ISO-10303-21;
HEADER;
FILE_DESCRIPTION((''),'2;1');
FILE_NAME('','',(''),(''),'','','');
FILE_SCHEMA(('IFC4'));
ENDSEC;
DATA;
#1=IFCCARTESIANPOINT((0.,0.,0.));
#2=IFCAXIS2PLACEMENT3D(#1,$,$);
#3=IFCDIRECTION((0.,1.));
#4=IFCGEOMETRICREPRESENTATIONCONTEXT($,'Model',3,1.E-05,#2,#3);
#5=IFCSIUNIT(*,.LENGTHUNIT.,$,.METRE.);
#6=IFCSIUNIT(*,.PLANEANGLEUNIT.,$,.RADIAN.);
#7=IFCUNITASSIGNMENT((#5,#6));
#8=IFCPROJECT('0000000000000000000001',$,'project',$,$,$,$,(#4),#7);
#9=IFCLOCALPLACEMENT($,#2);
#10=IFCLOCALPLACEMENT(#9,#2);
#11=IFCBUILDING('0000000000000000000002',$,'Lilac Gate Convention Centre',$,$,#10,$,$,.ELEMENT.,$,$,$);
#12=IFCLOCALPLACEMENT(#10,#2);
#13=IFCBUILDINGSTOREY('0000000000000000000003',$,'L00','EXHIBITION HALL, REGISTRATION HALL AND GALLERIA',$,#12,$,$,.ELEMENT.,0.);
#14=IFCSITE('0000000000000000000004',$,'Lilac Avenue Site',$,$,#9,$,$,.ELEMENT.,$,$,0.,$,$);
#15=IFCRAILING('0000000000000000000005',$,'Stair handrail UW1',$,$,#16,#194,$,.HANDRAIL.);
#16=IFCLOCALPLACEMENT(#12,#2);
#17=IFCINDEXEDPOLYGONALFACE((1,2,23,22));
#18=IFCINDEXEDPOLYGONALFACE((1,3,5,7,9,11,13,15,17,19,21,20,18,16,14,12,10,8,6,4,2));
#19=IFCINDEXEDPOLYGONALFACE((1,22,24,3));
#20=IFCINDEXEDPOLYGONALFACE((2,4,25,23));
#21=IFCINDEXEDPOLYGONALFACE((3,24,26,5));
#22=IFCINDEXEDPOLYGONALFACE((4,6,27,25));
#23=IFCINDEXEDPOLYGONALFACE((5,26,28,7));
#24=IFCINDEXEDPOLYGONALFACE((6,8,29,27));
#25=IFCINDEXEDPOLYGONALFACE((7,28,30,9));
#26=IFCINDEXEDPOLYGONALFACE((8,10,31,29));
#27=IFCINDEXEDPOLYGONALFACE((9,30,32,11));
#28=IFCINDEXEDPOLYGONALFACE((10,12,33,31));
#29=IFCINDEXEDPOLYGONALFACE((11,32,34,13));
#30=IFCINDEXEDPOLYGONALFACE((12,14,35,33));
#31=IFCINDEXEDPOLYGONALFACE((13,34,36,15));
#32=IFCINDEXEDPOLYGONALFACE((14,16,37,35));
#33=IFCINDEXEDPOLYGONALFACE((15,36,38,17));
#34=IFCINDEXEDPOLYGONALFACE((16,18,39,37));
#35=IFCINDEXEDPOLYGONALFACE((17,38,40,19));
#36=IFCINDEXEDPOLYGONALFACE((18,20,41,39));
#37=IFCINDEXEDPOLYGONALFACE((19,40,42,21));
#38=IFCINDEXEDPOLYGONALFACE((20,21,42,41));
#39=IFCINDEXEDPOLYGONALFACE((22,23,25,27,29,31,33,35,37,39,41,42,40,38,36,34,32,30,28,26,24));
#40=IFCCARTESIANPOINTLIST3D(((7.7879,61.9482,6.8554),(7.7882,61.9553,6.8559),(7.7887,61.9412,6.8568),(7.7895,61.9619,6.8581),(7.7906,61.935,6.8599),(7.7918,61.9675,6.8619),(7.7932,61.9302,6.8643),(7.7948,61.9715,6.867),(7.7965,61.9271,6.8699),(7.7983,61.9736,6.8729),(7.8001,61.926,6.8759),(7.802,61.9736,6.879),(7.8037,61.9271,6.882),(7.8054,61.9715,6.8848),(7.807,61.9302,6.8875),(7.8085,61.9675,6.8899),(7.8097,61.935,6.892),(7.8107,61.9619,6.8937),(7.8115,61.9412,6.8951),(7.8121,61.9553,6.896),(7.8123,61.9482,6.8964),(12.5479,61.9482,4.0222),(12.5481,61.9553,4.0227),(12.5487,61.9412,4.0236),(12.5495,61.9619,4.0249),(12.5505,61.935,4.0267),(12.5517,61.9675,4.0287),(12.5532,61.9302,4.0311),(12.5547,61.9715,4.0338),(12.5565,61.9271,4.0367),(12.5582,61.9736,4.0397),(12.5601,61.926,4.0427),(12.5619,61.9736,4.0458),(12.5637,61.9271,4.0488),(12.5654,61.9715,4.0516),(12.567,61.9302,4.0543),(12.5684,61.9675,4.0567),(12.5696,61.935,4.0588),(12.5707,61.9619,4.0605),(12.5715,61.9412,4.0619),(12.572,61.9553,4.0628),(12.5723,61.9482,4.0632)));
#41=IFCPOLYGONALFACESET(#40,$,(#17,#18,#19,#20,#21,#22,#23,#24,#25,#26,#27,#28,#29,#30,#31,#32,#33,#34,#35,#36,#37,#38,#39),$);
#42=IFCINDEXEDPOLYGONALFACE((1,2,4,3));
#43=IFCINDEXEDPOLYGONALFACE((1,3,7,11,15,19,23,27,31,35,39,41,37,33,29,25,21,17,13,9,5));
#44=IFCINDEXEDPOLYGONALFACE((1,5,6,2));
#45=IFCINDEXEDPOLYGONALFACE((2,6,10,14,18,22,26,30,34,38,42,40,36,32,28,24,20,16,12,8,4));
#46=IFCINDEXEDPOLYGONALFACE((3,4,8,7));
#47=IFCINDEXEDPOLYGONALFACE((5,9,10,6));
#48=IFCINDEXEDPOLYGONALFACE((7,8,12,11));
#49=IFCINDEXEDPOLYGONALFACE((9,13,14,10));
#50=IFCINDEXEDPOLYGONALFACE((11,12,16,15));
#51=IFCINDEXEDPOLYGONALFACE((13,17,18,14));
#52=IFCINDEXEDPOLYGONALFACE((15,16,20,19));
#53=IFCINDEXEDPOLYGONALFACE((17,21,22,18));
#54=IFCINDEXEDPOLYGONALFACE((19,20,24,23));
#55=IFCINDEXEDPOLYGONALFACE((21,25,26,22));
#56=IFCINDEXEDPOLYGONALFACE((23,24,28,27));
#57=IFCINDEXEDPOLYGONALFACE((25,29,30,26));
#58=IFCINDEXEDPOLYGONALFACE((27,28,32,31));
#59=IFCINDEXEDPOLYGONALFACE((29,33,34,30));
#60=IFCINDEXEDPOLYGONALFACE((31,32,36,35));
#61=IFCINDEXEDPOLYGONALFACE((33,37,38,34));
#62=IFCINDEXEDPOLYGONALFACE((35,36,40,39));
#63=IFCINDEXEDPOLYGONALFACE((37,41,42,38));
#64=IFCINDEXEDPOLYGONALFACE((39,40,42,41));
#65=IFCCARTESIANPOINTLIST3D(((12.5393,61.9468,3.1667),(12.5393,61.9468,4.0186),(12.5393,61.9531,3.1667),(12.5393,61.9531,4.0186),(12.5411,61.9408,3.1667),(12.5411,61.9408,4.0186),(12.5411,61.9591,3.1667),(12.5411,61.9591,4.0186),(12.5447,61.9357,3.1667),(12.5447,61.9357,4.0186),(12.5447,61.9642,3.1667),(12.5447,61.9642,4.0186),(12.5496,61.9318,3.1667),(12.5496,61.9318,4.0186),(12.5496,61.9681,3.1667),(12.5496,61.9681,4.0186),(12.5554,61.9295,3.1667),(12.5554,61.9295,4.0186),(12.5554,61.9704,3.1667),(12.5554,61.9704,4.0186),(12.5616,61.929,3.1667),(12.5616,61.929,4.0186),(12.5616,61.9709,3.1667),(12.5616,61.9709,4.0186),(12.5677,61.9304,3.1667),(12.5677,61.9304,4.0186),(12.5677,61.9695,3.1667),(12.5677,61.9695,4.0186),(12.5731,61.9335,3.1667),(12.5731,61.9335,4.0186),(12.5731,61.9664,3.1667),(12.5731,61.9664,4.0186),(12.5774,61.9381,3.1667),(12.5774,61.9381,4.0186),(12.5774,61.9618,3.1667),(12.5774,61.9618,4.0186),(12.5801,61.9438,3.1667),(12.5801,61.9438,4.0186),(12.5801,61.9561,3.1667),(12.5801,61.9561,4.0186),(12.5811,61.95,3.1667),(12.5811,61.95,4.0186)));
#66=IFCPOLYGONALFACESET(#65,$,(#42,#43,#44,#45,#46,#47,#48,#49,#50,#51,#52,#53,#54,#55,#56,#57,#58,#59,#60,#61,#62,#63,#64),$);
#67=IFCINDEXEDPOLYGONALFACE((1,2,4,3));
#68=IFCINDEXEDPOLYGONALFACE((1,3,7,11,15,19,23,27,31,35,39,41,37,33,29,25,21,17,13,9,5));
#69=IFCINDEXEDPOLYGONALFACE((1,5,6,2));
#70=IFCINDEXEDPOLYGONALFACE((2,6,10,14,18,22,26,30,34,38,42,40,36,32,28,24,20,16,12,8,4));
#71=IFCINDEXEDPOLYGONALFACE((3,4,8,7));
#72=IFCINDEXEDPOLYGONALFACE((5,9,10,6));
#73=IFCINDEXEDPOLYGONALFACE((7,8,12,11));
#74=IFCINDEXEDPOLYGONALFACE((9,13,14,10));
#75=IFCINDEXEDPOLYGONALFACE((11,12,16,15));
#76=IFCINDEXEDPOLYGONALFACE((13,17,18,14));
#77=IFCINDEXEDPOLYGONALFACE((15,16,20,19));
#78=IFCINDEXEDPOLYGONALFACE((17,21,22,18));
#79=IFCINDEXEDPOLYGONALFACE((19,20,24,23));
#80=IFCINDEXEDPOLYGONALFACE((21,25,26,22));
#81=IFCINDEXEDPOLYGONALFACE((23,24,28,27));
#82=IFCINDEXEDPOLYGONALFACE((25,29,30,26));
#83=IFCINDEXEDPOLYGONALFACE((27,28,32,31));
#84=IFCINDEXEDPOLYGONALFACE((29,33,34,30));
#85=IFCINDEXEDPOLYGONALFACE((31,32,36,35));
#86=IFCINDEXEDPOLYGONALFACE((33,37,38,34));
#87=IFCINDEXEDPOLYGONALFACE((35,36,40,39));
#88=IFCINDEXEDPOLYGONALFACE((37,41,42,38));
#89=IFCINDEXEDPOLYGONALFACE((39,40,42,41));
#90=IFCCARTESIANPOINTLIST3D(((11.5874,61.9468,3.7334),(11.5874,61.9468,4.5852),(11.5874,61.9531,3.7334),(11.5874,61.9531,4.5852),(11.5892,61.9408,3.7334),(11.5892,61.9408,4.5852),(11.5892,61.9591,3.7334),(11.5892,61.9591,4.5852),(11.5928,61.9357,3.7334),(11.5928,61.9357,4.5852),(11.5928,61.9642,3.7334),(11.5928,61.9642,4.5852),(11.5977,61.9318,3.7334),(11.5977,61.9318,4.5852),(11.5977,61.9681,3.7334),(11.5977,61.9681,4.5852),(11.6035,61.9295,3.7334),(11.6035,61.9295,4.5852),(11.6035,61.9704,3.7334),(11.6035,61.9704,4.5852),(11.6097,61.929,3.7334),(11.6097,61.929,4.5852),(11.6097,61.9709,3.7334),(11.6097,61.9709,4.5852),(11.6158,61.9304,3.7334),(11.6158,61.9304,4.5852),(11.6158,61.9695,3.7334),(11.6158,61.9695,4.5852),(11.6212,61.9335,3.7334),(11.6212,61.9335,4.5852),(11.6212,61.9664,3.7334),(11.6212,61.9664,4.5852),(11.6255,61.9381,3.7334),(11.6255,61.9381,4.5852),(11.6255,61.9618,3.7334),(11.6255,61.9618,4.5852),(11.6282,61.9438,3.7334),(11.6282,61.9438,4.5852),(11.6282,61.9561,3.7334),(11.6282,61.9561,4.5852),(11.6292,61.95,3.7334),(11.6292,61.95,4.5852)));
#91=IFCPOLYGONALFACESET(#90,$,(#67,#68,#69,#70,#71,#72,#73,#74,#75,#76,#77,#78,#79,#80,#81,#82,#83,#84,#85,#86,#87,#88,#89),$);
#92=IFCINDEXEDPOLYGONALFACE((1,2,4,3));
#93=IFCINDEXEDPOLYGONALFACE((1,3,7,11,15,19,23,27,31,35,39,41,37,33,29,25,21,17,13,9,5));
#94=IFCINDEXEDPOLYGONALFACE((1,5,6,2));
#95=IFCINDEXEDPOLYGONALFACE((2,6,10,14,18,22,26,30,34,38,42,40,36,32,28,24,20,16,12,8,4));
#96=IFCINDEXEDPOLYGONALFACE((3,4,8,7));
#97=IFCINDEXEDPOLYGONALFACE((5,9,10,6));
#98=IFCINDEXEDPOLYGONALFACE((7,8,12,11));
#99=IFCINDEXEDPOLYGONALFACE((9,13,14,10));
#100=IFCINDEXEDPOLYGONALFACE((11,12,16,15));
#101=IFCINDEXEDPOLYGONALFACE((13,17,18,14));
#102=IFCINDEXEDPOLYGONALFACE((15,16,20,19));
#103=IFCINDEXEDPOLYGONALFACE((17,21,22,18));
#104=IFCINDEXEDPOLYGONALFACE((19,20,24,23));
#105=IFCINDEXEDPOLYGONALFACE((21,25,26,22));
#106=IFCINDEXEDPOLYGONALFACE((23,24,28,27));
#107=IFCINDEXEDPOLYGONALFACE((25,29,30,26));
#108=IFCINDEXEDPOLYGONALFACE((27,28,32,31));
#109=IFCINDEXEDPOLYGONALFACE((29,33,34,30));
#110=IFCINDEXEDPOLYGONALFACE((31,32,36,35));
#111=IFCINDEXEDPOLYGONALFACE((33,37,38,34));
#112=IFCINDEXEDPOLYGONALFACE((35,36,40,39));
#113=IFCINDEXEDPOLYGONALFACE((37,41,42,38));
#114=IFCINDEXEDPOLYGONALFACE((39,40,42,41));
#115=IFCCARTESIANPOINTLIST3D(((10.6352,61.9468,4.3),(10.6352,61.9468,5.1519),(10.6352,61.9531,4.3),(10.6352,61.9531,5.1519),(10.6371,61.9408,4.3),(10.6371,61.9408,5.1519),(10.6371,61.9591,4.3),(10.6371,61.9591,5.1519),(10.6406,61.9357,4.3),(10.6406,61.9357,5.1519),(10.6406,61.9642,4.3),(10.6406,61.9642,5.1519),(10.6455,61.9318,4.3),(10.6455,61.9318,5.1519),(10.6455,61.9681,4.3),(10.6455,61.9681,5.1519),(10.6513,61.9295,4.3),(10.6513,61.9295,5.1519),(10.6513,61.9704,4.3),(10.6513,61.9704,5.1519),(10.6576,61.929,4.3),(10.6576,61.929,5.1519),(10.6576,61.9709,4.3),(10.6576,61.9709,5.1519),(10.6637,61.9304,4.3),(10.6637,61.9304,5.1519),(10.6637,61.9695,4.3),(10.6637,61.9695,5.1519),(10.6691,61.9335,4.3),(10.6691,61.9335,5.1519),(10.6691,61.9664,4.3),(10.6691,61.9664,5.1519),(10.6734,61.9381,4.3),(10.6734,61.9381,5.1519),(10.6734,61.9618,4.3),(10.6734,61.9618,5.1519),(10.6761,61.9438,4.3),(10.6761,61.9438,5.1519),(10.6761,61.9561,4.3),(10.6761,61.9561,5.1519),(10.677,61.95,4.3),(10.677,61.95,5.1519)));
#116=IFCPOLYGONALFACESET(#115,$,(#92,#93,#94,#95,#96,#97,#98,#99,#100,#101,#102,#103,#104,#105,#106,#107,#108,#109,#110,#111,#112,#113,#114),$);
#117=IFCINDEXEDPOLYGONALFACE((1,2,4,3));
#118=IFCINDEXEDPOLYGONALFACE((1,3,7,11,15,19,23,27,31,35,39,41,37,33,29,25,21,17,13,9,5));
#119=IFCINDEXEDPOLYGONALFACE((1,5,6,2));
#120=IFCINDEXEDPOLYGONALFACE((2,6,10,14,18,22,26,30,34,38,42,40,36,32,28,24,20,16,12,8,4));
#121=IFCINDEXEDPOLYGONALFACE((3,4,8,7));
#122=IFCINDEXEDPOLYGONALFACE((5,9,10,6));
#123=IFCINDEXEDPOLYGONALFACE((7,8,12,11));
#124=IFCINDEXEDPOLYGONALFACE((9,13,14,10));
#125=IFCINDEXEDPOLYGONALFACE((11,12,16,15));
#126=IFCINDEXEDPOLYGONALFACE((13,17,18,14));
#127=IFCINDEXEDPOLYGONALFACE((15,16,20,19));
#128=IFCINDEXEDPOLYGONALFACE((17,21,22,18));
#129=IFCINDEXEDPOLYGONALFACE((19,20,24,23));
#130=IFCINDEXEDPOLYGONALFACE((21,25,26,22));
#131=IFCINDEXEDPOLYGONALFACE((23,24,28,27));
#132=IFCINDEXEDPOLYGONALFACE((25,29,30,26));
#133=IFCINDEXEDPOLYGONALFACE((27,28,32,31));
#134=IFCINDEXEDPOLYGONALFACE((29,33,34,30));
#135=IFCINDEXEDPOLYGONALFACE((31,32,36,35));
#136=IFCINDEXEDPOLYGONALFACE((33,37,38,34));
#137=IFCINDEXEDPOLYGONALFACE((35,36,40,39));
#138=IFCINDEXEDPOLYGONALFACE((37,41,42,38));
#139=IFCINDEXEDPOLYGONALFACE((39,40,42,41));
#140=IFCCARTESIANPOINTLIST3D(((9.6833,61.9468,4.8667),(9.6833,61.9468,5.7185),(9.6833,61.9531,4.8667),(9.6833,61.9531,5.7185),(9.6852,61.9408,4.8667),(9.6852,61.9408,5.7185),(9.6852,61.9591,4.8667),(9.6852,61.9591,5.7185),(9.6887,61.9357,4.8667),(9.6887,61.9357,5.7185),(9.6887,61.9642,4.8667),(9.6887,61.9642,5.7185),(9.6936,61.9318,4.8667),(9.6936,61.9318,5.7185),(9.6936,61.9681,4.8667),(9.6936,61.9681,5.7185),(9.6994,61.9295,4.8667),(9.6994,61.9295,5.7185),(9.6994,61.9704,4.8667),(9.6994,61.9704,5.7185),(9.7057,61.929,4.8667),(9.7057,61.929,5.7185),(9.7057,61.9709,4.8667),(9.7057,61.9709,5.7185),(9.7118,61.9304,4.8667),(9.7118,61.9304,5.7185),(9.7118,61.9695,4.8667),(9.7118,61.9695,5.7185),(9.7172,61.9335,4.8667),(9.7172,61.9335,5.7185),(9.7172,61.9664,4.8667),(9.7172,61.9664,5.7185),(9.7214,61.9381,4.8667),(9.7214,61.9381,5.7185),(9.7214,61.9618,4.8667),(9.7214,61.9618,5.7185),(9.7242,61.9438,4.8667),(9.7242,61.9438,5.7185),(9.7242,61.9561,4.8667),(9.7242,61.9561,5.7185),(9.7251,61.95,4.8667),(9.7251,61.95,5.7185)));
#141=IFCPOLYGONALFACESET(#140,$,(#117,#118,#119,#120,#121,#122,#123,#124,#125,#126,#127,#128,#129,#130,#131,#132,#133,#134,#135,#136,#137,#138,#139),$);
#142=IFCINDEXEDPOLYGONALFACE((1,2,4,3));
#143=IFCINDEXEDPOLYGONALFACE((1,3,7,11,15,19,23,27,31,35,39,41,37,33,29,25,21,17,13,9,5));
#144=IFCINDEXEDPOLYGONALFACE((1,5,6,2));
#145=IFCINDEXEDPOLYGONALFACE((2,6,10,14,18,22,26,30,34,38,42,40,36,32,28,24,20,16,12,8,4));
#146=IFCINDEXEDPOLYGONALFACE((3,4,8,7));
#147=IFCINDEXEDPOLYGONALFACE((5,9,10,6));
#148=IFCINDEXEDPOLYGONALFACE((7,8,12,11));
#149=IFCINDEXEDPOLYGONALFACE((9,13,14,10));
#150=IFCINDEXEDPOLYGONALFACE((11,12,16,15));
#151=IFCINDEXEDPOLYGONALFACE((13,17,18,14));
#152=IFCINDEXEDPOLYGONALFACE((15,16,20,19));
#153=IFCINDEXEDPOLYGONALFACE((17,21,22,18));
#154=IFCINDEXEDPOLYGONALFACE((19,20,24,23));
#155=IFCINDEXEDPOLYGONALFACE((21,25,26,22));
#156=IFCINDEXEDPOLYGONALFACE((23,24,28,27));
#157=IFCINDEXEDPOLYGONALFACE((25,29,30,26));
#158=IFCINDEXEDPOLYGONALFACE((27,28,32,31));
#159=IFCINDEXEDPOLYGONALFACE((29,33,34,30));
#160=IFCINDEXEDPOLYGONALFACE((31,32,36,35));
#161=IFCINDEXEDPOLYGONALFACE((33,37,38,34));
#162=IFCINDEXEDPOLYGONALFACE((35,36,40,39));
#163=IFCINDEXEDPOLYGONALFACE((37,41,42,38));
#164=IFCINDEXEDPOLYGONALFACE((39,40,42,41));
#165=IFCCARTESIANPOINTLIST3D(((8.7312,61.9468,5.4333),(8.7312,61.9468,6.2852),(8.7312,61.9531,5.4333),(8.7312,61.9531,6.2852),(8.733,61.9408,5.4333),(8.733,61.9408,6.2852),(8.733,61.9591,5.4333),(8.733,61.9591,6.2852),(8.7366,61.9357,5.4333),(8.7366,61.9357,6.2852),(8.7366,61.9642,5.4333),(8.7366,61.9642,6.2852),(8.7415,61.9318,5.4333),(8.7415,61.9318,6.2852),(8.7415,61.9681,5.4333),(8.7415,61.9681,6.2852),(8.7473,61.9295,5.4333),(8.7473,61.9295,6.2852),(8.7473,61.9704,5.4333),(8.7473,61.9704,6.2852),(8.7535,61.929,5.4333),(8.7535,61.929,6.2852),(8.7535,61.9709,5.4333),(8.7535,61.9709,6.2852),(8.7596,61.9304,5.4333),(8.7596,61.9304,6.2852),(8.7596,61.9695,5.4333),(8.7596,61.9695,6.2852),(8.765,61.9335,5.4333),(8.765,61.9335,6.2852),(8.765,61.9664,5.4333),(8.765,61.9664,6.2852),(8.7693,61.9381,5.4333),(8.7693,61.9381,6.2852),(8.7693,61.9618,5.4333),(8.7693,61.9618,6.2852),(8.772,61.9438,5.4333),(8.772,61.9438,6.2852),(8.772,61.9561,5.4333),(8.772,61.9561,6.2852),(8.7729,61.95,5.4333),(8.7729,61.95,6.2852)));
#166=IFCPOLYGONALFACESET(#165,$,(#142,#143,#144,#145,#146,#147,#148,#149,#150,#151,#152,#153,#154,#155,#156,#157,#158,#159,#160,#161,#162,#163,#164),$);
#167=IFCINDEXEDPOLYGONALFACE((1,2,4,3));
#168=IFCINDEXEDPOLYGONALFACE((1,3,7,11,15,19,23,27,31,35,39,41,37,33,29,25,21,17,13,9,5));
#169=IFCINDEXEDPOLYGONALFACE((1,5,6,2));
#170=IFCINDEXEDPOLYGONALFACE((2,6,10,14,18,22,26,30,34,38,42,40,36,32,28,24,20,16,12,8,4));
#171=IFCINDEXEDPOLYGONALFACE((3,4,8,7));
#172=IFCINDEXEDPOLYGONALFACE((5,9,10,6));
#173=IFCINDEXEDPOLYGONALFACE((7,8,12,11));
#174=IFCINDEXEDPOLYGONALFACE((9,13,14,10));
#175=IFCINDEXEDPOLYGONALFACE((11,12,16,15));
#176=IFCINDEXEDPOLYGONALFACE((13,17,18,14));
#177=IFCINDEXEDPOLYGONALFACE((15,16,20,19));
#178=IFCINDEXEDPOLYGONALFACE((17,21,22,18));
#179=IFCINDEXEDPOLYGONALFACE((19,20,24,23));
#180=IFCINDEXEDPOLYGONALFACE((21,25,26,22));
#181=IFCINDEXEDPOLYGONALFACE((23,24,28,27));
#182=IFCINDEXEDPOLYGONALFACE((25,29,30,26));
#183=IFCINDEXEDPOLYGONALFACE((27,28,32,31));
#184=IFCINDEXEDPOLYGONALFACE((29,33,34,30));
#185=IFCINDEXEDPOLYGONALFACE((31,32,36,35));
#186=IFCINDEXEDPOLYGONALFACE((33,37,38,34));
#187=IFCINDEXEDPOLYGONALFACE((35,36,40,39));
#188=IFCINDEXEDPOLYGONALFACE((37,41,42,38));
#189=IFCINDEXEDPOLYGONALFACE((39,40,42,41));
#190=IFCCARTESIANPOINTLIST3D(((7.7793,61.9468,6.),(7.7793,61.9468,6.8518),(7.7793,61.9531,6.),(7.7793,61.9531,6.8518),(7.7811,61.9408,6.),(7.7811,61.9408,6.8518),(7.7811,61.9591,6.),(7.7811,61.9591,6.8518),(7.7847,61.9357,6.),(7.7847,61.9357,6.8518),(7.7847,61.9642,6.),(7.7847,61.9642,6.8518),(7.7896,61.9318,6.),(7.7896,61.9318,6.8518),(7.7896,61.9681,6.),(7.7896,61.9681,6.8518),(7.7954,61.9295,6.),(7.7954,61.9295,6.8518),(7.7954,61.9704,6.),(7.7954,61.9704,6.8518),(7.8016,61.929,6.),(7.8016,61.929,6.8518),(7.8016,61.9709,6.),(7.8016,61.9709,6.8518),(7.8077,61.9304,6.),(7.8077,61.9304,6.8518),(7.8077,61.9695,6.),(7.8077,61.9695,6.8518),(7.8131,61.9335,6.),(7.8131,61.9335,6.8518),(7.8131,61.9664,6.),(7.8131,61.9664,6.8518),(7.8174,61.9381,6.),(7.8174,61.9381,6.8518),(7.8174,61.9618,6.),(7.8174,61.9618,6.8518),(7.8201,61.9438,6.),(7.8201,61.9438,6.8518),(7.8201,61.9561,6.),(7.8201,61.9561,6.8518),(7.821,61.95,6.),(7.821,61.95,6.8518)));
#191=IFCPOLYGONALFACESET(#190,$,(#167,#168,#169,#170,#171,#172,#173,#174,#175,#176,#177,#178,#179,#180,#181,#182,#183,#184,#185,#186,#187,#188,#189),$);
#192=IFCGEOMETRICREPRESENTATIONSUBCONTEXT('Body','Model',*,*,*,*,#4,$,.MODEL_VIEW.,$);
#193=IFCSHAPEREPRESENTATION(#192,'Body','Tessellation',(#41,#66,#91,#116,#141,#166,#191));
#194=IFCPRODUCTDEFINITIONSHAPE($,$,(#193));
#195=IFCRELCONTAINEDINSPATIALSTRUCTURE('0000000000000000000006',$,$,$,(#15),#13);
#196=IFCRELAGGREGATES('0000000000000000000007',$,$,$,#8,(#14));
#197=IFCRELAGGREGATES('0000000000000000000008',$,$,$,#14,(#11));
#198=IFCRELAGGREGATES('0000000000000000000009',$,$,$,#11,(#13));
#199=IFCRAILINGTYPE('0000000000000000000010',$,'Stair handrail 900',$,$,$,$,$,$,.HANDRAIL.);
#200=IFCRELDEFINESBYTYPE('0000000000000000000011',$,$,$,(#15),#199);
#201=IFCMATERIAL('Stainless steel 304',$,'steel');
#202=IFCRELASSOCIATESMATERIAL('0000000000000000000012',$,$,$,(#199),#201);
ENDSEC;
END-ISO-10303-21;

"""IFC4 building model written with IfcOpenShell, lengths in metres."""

from ifc_helpers import new_model, si_unit, direction, frame, origin, origin_2d, place, context, subcontext, project, spatial, circle, extrude, material, type_object, element, save


model = new_model("IFC4")

# Units and contexts
model_context = context("Model", 3, precision=1e-05, world=origin(), true_north=direction((0.0, 1.0)))
body_context = subcontext(model_context, "Body", "Model", "MODEL_VIEW")
ifc_project = project(units=[si_unit("LENGTHUNIT", "METRE"), si_unit("PLANEANGLEUNIT", "RADIAN")], contexts=[model_context])

# Site, building, storey
site_placement = place(None, origin())
site = spatial("IfcSite", under=ifc_project, at=site_placement, Name="Lilac Avenue Site", CompositionType="ELEMENT", RefElevation=0.0)
building_placement = place(site_placement, origin())
building = spatial("IfcBuilding", under=site, at=building_placement, Name="Lilac Gate Convention Centre", CompositionType="ELEMENT")
storey_placement = place(building_placement, origin())
storey = spatial("IfcBuildingStorey", under=building, at=storey_placement, Name="L00", Description="EXHIBITION HALL, REGISTRATION HALL AND GALLERIA", CompositionType="ELEMENT", Elevation=0.0)

# Railing
ifc_material_1 = material(Name="Stainless steel 304", Category="steel")
railing_type = type_object("IfcRailingType", Name="Stair handrail 900", PredefinedType="HANDRAIL", material=ifc_material_1)
for number, where, name in (
    (1, (12.5601, 61.95, 3.1667), "Stair handrail UW1"),
):
    element("IfcRailing", number, at=place(storey_placement, frame(where)), inside=storey, type_object=railing_type, Name=name, PredefinedType="HANDRAIL", context=body_context, shape_type="SweptSolid", body=[
        extrude(circle(Radius=0.0239, at=origin_2d()), frame((0.0, 0.0, 0.876), z_axis=(-0.8593, 0.0, 0.511472), x_axis=(0.0, -1.0, 0.0)), (0.0, 0.0, 1.0), 5.5393),
        extrude(circle(Radius=0.021, at=origin_2d()), origin(), (0.0, 0.0, 1.0), 0.8518),
        extrude(circle(Radius=0.021, at=origin_2d()), frame((-0.9519, 0.0, 0.5667)), (0.0, 0.0, 1.0), 0.8518),
        extrude(circle(Radius=0.021, at=origin_2d()), frame((-1.9041, 0.0, 1.1333)), (0.0, 0.0, 1.0), 0.8518),
        extrude(circle(Radius=0.021, at=origin_2d()), frame((-2.856, 0.0, 1.7)), (0.0, 0.0, 1.0), 0.8518),
        extrude(circle(Radius=0.021, at=origin_2d()), frame((-3.8081, 0.0, 2.2666)), (0.0, 0.0, 1.0), 0.8518),
        extrude(circle(Radius=0.021, at=origin_2d()), frame((-4.76, 0.0, 2.8333)), (0.0, 0.0, 1.0), 0.8518),
    ])

save(model, "model.ifc")
